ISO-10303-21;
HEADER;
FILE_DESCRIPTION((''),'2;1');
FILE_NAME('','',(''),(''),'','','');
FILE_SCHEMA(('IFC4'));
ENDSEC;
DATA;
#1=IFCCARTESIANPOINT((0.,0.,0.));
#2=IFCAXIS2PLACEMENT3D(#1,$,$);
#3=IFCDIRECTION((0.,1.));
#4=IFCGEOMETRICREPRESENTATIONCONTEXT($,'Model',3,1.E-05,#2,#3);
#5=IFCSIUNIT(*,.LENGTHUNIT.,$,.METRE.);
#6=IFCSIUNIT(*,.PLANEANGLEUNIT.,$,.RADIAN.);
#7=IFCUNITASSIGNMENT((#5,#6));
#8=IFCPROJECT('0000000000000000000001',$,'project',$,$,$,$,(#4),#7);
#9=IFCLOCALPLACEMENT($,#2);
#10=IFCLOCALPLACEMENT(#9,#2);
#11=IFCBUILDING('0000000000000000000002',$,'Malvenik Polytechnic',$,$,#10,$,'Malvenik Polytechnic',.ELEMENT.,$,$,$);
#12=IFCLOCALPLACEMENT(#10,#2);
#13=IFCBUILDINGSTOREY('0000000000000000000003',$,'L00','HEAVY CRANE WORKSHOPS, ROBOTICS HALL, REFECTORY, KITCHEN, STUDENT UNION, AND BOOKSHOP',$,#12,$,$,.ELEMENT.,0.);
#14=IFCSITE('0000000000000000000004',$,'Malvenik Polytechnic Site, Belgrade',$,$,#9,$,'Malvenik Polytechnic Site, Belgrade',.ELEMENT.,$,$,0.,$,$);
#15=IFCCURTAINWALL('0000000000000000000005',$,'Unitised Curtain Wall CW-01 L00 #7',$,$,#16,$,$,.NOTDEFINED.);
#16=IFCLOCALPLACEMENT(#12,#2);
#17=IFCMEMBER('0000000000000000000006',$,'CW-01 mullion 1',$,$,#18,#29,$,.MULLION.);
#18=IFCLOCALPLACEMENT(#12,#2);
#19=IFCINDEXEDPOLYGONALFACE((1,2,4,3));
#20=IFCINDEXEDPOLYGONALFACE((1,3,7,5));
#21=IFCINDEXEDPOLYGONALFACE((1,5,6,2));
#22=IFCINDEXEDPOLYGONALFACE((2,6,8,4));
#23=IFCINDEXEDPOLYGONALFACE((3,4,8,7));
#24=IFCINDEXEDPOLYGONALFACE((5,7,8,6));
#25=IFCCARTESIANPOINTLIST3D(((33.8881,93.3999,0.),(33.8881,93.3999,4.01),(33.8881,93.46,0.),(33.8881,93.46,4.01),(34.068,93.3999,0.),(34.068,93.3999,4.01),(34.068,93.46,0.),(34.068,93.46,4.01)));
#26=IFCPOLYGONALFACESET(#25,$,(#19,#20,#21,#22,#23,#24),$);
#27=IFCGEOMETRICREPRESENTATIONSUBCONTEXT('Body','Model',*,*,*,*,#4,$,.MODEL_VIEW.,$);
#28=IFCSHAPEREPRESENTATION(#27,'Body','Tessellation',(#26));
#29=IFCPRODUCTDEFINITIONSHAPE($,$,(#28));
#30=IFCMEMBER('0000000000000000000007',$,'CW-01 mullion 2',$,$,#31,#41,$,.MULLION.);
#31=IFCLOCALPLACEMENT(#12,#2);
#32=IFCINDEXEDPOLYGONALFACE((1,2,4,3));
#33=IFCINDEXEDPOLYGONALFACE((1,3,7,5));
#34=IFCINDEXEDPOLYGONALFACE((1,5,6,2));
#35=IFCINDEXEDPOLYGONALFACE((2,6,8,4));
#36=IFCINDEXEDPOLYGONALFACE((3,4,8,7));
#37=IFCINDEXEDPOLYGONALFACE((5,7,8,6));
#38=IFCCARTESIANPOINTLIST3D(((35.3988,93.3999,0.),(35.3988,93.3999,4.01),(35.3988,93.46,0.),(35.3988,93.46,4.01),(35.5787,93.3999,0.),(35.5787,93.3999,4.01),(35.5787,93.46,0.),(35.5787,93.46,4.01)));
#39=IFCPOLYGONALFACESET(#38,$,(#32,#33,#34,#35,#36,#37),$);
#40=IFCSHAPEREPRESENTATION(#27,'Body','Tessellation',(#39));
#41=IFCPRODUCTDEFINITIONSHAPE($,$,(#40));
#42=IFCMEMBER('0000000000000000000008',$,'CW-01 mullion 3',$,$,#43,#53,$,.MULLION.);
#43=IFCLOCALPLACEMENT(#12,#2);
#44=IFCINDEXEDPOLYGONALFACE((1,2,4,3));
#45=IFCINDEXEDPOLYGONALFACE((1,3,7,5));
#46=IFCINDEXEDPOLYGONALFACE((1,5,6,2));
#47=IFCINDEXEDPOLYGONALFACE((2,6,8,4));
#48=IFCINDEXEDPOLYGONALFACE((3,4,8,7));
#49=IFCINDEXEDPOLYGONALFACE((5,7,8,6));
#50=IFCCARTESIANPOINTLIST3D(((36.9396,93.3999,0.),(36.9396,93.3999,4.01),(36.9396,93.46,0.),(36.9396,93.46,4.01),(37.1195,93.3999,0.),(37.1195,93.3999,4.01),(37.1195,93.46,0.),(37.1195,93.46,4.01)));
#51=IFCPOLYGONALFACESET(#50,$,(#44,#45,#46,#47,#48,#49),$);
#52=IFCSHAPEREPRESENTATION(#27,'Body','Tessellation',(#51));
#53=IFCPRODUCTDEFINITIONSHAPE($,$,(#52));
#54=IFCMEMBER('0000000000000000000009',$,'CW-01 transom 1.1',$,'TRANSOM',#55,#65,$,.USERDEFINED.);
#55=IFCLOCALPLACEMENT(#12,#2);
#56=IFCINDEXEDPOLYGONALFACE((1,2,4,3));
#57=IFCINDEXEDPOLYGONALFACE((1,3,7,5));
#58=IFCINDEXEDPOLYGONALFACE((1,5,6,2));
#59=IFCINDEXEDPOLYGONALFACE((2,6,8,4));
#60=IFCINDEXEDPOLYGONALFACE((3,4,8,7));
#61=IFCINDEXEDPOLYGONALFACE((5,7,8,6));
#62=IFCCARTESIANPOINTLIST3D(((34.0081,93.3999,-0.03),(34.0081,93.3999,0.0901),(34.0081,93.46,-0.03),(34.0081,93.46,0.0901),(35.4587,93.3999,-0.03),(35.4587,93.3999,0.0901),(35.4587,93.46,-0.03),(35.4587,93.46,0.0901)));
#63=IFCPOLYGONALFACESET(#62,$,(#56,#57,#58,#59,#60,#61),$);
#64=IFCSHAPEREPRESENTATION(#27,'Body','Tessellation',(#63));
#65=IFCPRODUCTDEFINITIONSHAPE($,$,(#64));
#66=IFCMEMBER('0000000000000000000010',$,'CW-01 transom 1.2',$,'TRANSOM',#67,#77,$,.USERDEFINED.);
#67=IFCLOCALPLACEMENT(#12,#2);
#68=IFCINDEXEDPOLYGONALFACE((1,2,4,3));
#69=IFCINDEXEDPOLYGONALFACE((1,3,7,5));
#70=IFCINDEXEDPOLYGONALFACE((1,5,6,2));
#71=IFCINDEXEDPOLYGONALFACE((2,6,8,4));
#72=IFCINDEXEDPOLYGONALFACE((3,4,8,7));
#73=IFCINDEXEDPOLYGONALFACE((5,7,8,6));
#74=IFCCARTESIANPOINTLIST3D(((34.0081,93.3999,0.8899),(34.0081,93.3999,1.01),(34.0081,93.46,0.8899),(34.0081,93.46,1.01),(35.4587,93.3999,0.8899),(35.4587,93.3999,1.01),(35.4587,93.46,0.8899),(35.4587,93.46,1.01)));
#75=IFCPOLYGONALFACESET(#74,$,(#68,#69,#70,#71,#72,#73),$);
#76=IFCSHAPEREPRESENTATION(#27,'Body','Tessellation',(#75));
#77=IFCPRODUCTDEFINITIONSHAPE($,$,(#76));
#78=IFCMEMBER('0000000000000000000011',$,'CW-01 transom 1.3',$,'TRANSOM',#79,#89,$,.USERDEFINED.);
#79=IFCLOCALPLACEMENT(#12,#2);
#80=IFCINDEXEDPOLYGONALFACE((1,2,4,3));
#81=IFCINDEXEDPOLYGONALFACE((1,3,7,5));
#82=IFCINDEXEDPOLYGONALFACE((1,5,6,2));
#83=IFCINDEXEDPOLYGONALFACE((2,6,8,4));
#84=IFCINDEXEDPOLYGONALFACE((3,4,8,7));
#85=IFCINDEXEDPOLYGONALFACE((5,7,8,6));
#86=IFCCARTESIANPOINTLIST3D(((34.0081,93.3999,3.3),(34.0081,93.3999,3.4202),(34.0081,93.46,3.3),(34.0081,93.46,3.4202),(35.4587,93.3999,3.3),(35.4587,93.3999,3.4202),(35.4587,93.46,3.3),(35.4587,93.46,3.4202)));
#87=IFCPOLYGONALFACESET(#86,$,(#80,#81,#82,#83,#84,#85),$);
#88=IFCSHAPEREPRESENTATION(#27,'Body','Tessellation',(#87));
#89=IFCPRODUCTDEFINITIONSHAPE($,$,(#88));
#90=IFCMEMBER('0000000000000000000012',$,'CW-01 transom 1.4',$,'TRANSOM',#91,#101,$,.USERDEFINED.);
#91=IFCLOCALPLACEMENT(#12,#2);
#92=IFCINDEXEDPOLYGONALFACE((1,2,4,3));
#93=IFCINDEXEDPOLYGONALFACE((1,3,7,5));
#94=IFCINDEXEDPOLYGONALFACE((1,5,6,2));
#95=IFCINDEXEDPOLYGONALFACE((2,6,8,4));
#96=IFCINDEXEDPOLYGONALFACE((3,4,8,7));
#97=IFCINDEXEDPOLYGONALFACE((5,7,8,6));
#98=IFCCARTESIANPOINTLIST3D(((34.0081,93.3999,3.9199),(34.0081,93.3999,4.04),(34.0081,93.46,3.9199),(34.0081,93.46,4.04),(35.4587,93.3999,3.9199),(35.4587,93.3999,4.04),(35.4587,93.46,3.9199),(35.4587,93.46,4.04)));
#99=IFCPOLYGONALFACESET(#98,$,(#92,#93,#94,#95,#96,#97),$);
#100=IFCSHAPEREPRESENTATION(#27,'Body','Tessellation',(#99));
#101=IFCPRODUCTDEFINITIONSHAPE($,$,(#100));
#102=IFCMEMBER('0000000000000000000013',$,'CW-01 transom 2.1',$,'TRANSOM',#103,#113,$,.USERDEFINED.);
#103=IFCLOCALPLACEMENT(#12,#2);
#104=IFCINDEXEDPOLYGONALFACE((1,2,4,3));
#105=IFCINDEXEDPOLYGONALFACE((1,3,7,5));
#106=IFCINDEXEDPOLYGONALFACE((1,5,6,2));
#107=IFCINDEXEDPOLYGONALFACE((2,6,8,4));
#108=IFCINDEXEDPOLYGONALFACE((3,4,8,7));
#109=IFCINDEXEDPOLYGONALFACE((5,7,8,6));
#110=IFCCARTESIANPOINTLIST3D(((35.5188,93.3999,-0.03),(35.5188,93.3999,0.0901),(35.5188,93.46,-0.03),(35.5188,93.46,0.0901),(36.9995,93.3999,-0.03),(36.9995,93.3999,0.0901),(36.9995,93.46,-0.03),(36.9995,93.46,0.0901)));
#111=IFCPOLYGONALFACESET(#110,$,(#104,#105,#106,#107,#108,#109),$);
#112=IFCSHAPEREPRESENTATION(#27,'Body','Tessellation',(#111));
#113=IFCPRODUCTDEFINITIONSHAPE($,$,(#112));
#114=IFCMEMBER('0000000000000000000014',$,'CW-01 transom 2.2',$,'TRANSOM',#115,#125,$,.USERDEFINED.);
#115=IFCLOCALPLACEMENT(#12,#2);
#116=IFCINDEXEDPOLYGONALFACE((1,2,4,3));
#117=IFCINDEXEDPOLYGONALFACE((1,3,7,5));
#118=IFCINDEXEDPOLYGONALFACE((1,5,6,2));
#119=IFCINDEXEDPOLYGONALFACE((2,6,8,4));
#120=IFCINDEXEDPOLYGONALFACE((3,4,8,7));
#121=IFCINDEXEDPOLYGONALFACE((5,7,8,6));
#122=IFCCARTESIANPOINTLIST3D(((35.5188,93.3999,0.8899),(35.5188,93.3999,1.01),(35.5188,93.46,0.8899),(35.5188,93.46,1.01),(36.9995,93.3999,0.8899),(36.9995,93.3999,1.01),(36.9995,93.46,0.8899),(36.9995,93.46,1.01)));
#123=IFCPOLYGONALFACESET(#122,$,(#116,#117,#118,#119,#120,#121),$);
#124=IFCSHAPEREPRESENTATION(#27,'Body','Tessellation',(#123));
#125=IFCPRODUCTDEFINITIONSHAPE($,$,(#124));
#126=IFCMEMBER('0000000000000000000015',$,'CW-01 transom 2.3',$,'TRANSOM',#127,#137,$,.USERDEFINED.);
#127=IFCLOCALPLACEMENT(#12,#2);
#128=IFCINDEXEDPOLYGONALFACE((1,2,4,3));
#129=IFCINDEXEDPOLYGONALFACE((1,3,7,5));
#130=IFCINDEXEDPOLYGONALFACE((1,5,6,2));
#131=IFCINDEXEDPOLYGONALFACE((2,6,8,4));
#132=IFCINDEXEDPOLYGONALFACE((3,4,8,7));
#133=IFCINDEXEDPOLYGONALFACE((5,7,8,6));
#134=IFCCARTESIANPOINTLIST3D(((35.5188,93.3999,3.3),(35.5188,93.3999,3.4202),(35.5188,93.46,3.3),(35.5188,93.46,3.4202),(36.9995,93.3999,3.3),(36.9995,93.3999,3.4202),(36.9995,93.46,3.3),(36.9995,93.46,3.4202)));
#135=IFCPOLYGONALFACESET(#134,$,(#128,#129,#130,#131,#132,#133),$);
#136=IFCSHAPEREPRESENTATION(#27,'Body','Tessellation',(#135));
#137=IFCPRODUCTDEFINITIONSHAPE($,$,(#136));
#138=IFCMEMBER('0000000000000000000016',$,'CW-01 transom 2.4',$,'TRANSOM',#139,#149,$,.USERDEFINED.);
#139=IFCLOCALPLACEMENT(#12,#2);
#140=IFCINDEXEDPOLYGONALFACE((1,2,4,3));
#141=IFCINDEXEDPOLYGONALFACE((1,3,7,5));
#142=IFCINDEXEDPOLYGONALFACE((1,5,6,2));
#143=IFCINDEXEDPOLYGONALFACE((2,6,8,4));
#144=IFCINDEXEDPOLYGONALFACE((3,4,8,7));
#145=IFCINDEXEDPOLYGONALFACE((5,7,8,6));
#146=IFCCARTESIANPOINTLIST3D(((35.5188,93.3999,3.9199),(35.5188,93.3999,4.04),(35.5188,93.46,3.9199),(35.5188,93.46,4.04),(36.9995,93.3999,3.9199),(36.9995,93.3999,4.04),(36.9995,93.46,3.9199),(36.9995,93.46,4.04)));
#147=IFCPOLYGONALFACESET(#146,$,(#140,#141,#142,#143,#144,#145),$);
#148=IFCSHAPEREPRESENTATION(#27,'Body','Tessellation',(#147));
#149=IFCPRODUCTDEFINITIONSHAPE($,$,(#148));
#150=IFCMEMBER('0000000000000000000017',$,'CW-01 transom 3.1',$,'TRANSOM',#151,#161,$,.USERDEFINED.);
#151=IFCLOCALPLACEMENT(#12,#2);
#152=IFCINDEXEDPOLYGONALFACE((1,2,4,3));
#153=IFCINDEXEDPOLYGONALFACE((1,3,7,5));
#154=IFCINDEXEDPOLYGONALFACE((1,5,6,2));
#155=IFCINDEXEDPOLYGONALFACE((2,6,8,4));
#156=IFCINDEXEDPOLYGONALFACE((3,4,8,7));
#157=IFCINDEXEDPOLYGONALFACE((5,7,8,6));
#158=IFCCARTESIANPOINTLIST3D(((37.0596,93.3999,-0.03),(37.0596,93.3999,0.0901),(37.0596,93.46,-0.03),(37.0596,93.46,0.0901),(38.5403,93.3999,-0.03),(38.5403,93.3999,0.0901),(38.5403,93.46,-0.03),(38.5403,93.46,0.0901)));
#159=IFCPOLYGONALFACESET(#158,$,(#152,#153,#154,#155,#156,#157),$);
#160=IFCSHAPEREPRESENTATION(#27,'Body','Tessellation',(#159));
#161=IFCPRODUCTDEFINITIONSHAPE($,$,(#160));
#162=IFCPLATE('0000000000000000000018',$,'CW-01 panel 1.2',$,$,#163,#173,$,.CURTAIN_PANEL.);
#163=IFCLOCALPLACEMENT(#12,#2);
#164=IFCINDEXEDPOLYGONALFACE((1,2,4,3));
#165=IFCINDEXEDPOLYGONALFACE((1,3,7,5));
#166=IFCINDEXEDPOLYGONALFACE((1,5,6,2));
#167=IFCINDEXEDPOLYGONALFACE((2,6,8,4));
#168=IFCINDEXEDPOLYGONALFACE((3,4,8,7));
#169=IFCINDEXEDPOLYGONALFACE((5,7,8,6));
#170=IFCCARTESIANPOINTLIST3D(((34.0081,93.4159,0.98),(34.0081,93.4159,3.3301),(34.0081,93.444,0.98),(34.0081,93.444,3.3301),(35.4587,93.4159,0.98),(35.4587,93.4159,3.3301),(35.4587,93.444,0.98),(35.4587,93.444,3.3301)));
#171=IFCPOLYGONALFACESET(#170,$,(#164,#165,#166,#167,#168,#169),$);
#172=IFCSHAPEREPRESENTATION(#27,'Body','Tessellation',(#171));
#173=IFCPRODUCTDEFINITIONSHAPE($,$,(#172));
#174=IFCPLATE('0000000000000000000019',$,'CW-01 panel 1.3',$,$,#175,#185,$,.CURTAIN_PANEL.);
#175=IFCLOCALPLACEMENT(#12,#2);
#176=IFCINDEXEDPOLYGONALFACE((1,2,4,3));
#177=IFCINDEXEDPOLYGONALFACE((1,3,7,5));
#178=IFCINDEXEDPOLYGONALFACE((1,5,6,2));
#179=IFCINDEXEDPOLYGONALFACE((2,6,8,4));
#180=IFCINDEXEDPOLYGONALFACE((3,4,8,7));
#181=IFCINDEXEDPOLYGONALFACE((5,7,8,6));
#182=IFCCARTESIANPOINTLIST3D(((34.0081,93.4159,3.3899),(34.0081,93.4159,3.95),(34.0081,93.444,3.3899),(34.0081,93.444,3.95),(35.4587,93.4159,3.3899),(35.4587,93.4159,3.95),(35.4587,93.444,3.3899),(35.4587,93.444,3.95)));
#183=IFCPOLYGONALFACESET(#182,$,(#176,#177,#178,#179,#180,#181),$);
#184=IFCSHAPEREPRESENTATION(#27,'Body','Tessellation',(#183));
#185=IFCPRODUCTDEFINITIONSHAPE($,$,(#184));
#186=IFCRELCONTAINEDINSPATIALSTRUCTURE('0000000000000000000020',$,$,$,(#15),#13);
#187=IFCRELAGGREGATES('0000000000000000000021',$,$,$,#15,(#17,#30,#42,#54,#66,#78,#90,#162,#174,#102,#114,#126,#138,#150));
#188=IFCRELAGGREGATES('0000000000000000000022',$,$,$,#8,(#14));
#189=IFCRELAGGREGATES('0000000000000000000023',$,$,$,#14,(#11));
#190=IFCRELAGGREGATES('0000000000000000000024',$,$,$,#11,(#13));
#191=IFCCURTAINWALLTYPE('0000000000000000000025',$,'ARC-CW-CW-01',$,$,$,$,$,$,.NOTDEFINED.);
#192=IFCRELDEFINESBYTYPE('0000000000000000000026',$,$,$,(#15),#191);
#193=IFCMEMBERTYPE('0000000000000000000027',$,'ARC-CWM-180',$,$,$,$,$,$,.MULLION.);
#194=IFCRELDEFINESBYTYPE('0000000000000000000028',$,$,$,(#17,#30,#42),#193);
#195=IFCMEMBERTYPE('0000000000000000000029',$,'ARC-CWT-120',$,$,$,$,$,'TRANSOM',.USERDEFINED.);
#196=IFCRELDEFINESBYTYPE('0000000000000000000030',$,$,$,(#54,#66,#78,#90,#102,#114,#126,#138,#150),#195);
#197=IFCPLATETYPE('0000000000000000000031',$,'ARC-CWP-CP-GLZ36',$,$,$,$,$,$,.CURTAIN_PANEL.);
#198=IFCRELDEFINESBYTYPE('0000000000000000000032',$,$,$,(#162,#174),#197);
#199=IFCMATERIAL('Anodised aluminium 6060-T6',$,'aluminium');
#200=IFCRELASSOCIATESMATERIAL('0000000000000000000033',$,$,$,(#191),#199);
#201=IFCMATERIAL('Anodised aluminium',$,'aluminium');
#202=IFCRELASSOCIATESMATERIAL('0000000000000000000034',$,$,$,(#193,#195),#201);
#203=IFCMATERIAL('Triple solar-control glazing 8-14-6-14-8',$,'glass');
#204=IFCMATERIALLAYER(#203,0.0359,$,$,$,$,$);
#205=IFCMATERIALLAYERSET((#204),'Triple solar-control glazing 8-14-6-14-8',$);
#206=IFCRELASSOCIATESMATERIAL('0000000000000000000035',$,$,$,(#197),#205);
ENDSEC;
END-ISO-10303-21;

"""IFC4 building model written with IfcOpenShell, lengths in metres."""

from ifc_helpers import new_model, si_unit, direction, frame, origin, origin_2d, place, context, subcontext, project, spatial, rectangle, extrude, material, layer, layer_set, material_profile, profile_set, type_object, element, aggregate, save


model = new_model("IFC4")

# Units and contexts
model_context = context("Model", 3, precision=1e-05, world=origin(), true_north=direction((0.0, 1.0)))
body_context = subcontext(model_context, "Body", "Model", "MODEL_VIEW")
ifc_project = project(units=[si_unit("LENGTHUNIT", "METRE"), si_unit("PLANEANGLEUNIT", "RADIAN")], contexts=[model_context])

# Site, building, storey
site_placement = place(None, origin())
site = spatial("IfcSite", under=ifc_project, at=site_placement, Name="Malvenik Polytechnic Site, Belgrade", LongName="Malvenik Polytechnic Site, Belgrade", CompositionType="ELEMENT", RefElevation=0.0)
building_placement = place(site_placement, origin())
building = spatial("IfcBuilding", under=site, at=building_placement, Name="Malvenik Polytechnic", LongName="Malvenik Polytechnic", CompositionType="ELEMENT")
storey_placement = place(building_placement, origin())
storey = spatial("IfcBuildingStorey", under=building, at=storey_placement, Name="L00", Description="HEAVY CRANE WORKSHOPS, ROBOTICS HALL, REFECTORY, KITCHEN, STUDENT UNION, AND BOOKSHOP", CompositionType="ELEMENT", Elevation=0.0)

# Curtain wall, members, plates
ifc_material_1 = material(Name="Anodised aluminium 6060-T6", Category="aluminium")
curtain_wall_type = type_object("IfcCurtainWallType", Name="ARC-CW-CW-01", PredefinedType="NOTDEFINED", material=ifc_material_1)
curtain_wall_placement = place(storey_placement, origin())
curtain_wall = element("IfcCurtainWall", 1, at=curtain_wall_placement, inside=storey, type_object=curtain_wall_type, Name="Unitised Curtain Wall CW-01 L00 #7", PredefinedType="NOTDEFINED")
ifc_material_2 = material(Name="Anodised aluminium", Category="aluminium")
ifc_material_profile_1 = material_profile(ifc_material_2, rectangle(XDim=0.0601, YDim=0.1799, at=origin_2d()), Name="ALU MULLION 60x180")
ifc_profile_set_1 = profile_set([ifc_material_profile_1], Name="Anodised aluminium")
member_type_1 = type_object("IfcMemberType", Name="ARC-CWM-180", PredefinedType="MULLION", material=ifc_profile_set_1)
member_1_placement = place(storey_placement, frame((33.978, 93.4299, 0.0), z_axis=(0.0, 0.0, 1.0), x_axis=(0.0, 1.0, 0.0)))
member_1 = element("IfcMember", 2, at=member_1_placement, type_object=member_type_1, Name="CW-01 mullion 1", PredefinedType="MULLION", context=body_context, shape_type="SweptSolid", body=[
    extrude(rectangle(XDim=0.0601, YDim=0.1799, at=origin_2d()), origin(), (0.0, 0.0, 1.0), 4.01),
])
member_2_placement = place(storey_placement, frame((35.4888, 93.4299, 0.0), z_axis=(0.0, 0.0, 1.0), x_axis=(0.0, 1.0, 0.0)))
member_2 = element("IfcMember", 3, at=member_2_placement, type_object=member_type_1, Name="CW-01 mullion 2", PredefinedType="MULLION", context=body_context, shape_type="SweptSolid", body=[
    extrude(rectangle(XDim=0.0601, YDim=0.1799, at=origin_2d()), origin(), (0.0, 0.0, 1.0), 4.01),
])
member_3_placement = place(storey_placement, frame((37.0295, 93.4299, 0.0), z_axis=(0.0, 0.0, 1.0), x_axis=(0.0, 1.0, 0.0)))
member_3 = element("IfcMember", 4, at=member_3_placement, type_object=member_type_1, Name="CW-01 mullion 3", PredefinedType="MULLION", context=body_context, shape_type="SweptSolid", body=[
    extrude(rectangle(XDim=0.0601, YDim=0.1799, at=origin_2d()), origin(), (0.0, 0.0, 1.0), 4.01),
])
ifc_material_profile_2 = material_profile(ifc_material_2, rectangle(XDim=0.0601, YDim=0.1201, at=origin_2d()), Name="ALU TRANSOM 60x120")
ifc_profile_set_2 = profile_set([ifc_material_profile_2], Name="Anodised aluminium")
member_type_2 = type_object("IfcMemberType", Name="ARC-CWT-120", ElementType="TRANSOM", PredefinedType="USERDEFINED", material=ifc_profile_set_2)
member_4_placement = place(storey_placement, frame((34.0081, 93.4299, 0.03), z_axis=(1.0, 0.0, 0.0), x_axis=(0.0, 1.0, 0.0)))
member_4 = element("IfcMember", 5, at=member_4_placement, type_object=member_type_2, Name="CW-01 transom 1.1", ObjectType="TRANSOM", PredefinedType="USERDEFINED", context=body_context, shape_type="SweptSolid", body=[
    extrude(rectangle(XDim=0.0601, YDim=0.1201, at=origin_2d()), origin(), (0.0, 0.0, 1.0), 1.4507),
])
member_5_placement = place(storey_placement, frame((34.0081, 93.4299, 0.95), z_axis=(1.0, 0.0, 0.0), x_axis=(0.0, 1.0, 0.0)))
member_5 = element("IfcMember", 6, at=member_5_placement, type_object=member_type_2, Name="CW-01 transom 1.2", ObjectType="TRANSOM", PredefinedType="USERDEFINED", context=body_context, shape_type="SweptSolid", body=[
    extrude(rectangle(XDim=0.0601, YDim=0.1201, at=origin_2d()), origin(), (0.0, 0.0, 1.0), 1.4507),
])
member_6_placement = place(storey_placement, frame((34.0081, 93.4299, 3.3601), z_axis=(1.0, 0.0, 0.0), x_axis=(0.0, 1.0, 0.0)))
member_6 = element("IfcMember", 7, at=member_6_placement, type_object=member_type_2, Name="CW-01 transom 1.3", ObjectType="TRANSOM", PredefinedType="USERDEFINED", context=body_context, shape_type="SweptSolid", body=[
    extrude(rectangle(XDim=0.0601, YDim=0.1201, at=origin_2d()), origin(), (0.0, 0.0, 1.0), 1.4507),
])
member_7_placement = place(storey_placement, frame((34.0081, 93.4299, 3.98), z_axis=(1.0, 0.0, 0.0), x_axis=(0.0, 1.0, 0.0)))
member_7 = element("IfcMember", 8, at=member_7_placement, type_object=member_type_2, Name="CW-01 transom 1.4", ObjectType="TRANSOM", PredefinedType="USERDEFINED", context=body_context, shape_type="SweptSolid", body=[
    extrude(rectangle(XDim=0.0601, YDim=0.1201, at=origin_2d()), origin(), (0.0, 0.0, 1.0), 1.4507),
])
member_8_placement = place(storey_placement, frame((35.5188, 93.4299, 0.03), z_axis=(1.0, 0.0, 0.0), x_axis=(0.0, 1.0, 0.0)))
member_8 = element("IfcMember", 9, at=member_8_placement, type_object=member_type_2, Name="CW-01 transom 2.1", ObjectType="TRANSOM", PredefinedType="USERDEFINED", context=body_context, shape_type="SweptSolid", body=[
    extrude(rectangle(XDim=0.0601, YDim=0.1201, at=origin_2d()), origin(), (0.0, 0.0, 1.0), 1.4807),
])
member_9_placement = place(storey_placement, frame((35.5188, 93.4299, 0.95), z_axis=(1.0, 0.0, 0.0), x_axis=(0.0, 1.0, 0.0)))
member_9 = element("IfcMember", 10, at=member_9_placement, type_object=member_type_2, Name="CW-01 transom 2.2", ObjectType="TRANSOM", PredefinedType="USERDEFINED", context=body_context, shape_type="SweptSolid", body=[
    extrude(rectangle(XDim=0.0601, YDim=0.1201, at=origin_2d()), origin(), (0.0, 0.0, 1.0), 1.4807),
])
member_10_placement = place(storey_placement, frame((35.5188, 93.4299, 3.3601), z_axis=(1.0, 0.0, 0.0), x_axis=(0.0, 1.0, 0.0)))
member_10 = element("IfcMember", 11, at=member_10_placement, type_object=member_type_2, Name="CW-01 transom 2.3", ObjectType="TRANSOM", PredefinedType="USERDEFINED", context=body_context, shape_type="SweptSolid", body=[
    extrude(rectangle(XDim=0.0601, YDim=0.1201, at=origin_2d()), origin(), (0.0, 0.0, 1.0), 1.4807),
])
member_11_placement = place(storey_placement, frame((35.5188, 93.4299, 3.98), z_axis=(1.0, 0.0, 0.0), x_axis=(0.0, 1.0, 0.0)))
member_11 = element("IfcMember", 12, at=member_11_placement, type_object=member_type_2, Name="CW-01 transom 2.4", ObjectType="TRANSOM", PredefinedType="USERDEFINED", context=body_context, shape_type="SweptSolid", body=[
    extrude(rectangle(XDim=0.0601, YDim=0.1201, at=origin_2d()), origin(), (0.0, 0.0, 1.0), 1.4807),
])
member_12_placement = place(storey_placement, frame((37.0596, 93.4299, 0.03), z_axis=(1.0, 0.0, 0.0), x_axis=(0.0, 1.0, 0.0)))
member_12 = element("IfcMember", 13, at=member_12_placement, type_object=member_type_2, Name="CW-01 transom 3.1", ObjectType="TRANSOM", PredefinedType="USERDEFINED", context=body_context, shape_type="SweptSolid", body=[
    extrude(rectangle(XDim=0.0601, YDim=0.1201, at=origin_2d()), origin(), (0.0, 0.0, 1.0), 1.4807),
])
ifc_material_3 = material(Name="Triple solar-control glazing 8-14-6-14-8", Category="glass")
ifc_layer_1 = layer(ifc_material_3, 0.0359)
ifc_layer_set_1 = layer_set([ifc_layer_1], Name="Triple solar-control glazing 8-14-6-14-8")
plate_type_1 = type_object("IfcPlateType", Name="ARC-CWP-CP-GLZ36", PredefinedType="CURTAIN_PANEL", material=ifc_layer_set_1)
plate_1_placement = place(storey_placement, frame((34.7334, 93.4299, 0.98), z_axis=(0.0, 0.0, 1.0), x_axis=(1.0, 0.0, 0.0)))
plate_1 = element("IfcPlate", 14, at=plate_1_placement, type_object=plate_type_1, Name="CW-01 panel 1.2", PredefinedType="CURTAIN_PANEL", context=body_context, shape_type="SweptSolid", body=[
    extrude(rectangle(XDim=1.4507, YDim=0.0281, at=origin_2d()), origin(), (0.0, 0.0, 1.0), 2.3501),
])
plate_2_placement = place(storey_placement, frame((34.7334, 93.4299, 3.3899), z_axis=(0.0, 0.0, 1.0), x_axis=(1.0, 0.0, 0.0)))
plate_2 = element("IfcPlate", 15, at=plate_2_placement, type_object=plate_type_1, Name="CW-01 panel 1.3", PredefinedType="CURTAIN_PANEL", context=body_context, shape_type="SweptSolid", body=[
    extrude(rectangle(XDim=1.4507, YDim=0.0281, at=origin_2d()), origin(), (0.0, 0.0, 1.0), 0.5601),
])
aggregate(curtain_wall, [member_1, member_2, member_3, member_4, member_5, member_6, member_7, plate_1, plate_2, member_8, member_9, member_10, member_11, member_12])

save(model, "model.ifc")
